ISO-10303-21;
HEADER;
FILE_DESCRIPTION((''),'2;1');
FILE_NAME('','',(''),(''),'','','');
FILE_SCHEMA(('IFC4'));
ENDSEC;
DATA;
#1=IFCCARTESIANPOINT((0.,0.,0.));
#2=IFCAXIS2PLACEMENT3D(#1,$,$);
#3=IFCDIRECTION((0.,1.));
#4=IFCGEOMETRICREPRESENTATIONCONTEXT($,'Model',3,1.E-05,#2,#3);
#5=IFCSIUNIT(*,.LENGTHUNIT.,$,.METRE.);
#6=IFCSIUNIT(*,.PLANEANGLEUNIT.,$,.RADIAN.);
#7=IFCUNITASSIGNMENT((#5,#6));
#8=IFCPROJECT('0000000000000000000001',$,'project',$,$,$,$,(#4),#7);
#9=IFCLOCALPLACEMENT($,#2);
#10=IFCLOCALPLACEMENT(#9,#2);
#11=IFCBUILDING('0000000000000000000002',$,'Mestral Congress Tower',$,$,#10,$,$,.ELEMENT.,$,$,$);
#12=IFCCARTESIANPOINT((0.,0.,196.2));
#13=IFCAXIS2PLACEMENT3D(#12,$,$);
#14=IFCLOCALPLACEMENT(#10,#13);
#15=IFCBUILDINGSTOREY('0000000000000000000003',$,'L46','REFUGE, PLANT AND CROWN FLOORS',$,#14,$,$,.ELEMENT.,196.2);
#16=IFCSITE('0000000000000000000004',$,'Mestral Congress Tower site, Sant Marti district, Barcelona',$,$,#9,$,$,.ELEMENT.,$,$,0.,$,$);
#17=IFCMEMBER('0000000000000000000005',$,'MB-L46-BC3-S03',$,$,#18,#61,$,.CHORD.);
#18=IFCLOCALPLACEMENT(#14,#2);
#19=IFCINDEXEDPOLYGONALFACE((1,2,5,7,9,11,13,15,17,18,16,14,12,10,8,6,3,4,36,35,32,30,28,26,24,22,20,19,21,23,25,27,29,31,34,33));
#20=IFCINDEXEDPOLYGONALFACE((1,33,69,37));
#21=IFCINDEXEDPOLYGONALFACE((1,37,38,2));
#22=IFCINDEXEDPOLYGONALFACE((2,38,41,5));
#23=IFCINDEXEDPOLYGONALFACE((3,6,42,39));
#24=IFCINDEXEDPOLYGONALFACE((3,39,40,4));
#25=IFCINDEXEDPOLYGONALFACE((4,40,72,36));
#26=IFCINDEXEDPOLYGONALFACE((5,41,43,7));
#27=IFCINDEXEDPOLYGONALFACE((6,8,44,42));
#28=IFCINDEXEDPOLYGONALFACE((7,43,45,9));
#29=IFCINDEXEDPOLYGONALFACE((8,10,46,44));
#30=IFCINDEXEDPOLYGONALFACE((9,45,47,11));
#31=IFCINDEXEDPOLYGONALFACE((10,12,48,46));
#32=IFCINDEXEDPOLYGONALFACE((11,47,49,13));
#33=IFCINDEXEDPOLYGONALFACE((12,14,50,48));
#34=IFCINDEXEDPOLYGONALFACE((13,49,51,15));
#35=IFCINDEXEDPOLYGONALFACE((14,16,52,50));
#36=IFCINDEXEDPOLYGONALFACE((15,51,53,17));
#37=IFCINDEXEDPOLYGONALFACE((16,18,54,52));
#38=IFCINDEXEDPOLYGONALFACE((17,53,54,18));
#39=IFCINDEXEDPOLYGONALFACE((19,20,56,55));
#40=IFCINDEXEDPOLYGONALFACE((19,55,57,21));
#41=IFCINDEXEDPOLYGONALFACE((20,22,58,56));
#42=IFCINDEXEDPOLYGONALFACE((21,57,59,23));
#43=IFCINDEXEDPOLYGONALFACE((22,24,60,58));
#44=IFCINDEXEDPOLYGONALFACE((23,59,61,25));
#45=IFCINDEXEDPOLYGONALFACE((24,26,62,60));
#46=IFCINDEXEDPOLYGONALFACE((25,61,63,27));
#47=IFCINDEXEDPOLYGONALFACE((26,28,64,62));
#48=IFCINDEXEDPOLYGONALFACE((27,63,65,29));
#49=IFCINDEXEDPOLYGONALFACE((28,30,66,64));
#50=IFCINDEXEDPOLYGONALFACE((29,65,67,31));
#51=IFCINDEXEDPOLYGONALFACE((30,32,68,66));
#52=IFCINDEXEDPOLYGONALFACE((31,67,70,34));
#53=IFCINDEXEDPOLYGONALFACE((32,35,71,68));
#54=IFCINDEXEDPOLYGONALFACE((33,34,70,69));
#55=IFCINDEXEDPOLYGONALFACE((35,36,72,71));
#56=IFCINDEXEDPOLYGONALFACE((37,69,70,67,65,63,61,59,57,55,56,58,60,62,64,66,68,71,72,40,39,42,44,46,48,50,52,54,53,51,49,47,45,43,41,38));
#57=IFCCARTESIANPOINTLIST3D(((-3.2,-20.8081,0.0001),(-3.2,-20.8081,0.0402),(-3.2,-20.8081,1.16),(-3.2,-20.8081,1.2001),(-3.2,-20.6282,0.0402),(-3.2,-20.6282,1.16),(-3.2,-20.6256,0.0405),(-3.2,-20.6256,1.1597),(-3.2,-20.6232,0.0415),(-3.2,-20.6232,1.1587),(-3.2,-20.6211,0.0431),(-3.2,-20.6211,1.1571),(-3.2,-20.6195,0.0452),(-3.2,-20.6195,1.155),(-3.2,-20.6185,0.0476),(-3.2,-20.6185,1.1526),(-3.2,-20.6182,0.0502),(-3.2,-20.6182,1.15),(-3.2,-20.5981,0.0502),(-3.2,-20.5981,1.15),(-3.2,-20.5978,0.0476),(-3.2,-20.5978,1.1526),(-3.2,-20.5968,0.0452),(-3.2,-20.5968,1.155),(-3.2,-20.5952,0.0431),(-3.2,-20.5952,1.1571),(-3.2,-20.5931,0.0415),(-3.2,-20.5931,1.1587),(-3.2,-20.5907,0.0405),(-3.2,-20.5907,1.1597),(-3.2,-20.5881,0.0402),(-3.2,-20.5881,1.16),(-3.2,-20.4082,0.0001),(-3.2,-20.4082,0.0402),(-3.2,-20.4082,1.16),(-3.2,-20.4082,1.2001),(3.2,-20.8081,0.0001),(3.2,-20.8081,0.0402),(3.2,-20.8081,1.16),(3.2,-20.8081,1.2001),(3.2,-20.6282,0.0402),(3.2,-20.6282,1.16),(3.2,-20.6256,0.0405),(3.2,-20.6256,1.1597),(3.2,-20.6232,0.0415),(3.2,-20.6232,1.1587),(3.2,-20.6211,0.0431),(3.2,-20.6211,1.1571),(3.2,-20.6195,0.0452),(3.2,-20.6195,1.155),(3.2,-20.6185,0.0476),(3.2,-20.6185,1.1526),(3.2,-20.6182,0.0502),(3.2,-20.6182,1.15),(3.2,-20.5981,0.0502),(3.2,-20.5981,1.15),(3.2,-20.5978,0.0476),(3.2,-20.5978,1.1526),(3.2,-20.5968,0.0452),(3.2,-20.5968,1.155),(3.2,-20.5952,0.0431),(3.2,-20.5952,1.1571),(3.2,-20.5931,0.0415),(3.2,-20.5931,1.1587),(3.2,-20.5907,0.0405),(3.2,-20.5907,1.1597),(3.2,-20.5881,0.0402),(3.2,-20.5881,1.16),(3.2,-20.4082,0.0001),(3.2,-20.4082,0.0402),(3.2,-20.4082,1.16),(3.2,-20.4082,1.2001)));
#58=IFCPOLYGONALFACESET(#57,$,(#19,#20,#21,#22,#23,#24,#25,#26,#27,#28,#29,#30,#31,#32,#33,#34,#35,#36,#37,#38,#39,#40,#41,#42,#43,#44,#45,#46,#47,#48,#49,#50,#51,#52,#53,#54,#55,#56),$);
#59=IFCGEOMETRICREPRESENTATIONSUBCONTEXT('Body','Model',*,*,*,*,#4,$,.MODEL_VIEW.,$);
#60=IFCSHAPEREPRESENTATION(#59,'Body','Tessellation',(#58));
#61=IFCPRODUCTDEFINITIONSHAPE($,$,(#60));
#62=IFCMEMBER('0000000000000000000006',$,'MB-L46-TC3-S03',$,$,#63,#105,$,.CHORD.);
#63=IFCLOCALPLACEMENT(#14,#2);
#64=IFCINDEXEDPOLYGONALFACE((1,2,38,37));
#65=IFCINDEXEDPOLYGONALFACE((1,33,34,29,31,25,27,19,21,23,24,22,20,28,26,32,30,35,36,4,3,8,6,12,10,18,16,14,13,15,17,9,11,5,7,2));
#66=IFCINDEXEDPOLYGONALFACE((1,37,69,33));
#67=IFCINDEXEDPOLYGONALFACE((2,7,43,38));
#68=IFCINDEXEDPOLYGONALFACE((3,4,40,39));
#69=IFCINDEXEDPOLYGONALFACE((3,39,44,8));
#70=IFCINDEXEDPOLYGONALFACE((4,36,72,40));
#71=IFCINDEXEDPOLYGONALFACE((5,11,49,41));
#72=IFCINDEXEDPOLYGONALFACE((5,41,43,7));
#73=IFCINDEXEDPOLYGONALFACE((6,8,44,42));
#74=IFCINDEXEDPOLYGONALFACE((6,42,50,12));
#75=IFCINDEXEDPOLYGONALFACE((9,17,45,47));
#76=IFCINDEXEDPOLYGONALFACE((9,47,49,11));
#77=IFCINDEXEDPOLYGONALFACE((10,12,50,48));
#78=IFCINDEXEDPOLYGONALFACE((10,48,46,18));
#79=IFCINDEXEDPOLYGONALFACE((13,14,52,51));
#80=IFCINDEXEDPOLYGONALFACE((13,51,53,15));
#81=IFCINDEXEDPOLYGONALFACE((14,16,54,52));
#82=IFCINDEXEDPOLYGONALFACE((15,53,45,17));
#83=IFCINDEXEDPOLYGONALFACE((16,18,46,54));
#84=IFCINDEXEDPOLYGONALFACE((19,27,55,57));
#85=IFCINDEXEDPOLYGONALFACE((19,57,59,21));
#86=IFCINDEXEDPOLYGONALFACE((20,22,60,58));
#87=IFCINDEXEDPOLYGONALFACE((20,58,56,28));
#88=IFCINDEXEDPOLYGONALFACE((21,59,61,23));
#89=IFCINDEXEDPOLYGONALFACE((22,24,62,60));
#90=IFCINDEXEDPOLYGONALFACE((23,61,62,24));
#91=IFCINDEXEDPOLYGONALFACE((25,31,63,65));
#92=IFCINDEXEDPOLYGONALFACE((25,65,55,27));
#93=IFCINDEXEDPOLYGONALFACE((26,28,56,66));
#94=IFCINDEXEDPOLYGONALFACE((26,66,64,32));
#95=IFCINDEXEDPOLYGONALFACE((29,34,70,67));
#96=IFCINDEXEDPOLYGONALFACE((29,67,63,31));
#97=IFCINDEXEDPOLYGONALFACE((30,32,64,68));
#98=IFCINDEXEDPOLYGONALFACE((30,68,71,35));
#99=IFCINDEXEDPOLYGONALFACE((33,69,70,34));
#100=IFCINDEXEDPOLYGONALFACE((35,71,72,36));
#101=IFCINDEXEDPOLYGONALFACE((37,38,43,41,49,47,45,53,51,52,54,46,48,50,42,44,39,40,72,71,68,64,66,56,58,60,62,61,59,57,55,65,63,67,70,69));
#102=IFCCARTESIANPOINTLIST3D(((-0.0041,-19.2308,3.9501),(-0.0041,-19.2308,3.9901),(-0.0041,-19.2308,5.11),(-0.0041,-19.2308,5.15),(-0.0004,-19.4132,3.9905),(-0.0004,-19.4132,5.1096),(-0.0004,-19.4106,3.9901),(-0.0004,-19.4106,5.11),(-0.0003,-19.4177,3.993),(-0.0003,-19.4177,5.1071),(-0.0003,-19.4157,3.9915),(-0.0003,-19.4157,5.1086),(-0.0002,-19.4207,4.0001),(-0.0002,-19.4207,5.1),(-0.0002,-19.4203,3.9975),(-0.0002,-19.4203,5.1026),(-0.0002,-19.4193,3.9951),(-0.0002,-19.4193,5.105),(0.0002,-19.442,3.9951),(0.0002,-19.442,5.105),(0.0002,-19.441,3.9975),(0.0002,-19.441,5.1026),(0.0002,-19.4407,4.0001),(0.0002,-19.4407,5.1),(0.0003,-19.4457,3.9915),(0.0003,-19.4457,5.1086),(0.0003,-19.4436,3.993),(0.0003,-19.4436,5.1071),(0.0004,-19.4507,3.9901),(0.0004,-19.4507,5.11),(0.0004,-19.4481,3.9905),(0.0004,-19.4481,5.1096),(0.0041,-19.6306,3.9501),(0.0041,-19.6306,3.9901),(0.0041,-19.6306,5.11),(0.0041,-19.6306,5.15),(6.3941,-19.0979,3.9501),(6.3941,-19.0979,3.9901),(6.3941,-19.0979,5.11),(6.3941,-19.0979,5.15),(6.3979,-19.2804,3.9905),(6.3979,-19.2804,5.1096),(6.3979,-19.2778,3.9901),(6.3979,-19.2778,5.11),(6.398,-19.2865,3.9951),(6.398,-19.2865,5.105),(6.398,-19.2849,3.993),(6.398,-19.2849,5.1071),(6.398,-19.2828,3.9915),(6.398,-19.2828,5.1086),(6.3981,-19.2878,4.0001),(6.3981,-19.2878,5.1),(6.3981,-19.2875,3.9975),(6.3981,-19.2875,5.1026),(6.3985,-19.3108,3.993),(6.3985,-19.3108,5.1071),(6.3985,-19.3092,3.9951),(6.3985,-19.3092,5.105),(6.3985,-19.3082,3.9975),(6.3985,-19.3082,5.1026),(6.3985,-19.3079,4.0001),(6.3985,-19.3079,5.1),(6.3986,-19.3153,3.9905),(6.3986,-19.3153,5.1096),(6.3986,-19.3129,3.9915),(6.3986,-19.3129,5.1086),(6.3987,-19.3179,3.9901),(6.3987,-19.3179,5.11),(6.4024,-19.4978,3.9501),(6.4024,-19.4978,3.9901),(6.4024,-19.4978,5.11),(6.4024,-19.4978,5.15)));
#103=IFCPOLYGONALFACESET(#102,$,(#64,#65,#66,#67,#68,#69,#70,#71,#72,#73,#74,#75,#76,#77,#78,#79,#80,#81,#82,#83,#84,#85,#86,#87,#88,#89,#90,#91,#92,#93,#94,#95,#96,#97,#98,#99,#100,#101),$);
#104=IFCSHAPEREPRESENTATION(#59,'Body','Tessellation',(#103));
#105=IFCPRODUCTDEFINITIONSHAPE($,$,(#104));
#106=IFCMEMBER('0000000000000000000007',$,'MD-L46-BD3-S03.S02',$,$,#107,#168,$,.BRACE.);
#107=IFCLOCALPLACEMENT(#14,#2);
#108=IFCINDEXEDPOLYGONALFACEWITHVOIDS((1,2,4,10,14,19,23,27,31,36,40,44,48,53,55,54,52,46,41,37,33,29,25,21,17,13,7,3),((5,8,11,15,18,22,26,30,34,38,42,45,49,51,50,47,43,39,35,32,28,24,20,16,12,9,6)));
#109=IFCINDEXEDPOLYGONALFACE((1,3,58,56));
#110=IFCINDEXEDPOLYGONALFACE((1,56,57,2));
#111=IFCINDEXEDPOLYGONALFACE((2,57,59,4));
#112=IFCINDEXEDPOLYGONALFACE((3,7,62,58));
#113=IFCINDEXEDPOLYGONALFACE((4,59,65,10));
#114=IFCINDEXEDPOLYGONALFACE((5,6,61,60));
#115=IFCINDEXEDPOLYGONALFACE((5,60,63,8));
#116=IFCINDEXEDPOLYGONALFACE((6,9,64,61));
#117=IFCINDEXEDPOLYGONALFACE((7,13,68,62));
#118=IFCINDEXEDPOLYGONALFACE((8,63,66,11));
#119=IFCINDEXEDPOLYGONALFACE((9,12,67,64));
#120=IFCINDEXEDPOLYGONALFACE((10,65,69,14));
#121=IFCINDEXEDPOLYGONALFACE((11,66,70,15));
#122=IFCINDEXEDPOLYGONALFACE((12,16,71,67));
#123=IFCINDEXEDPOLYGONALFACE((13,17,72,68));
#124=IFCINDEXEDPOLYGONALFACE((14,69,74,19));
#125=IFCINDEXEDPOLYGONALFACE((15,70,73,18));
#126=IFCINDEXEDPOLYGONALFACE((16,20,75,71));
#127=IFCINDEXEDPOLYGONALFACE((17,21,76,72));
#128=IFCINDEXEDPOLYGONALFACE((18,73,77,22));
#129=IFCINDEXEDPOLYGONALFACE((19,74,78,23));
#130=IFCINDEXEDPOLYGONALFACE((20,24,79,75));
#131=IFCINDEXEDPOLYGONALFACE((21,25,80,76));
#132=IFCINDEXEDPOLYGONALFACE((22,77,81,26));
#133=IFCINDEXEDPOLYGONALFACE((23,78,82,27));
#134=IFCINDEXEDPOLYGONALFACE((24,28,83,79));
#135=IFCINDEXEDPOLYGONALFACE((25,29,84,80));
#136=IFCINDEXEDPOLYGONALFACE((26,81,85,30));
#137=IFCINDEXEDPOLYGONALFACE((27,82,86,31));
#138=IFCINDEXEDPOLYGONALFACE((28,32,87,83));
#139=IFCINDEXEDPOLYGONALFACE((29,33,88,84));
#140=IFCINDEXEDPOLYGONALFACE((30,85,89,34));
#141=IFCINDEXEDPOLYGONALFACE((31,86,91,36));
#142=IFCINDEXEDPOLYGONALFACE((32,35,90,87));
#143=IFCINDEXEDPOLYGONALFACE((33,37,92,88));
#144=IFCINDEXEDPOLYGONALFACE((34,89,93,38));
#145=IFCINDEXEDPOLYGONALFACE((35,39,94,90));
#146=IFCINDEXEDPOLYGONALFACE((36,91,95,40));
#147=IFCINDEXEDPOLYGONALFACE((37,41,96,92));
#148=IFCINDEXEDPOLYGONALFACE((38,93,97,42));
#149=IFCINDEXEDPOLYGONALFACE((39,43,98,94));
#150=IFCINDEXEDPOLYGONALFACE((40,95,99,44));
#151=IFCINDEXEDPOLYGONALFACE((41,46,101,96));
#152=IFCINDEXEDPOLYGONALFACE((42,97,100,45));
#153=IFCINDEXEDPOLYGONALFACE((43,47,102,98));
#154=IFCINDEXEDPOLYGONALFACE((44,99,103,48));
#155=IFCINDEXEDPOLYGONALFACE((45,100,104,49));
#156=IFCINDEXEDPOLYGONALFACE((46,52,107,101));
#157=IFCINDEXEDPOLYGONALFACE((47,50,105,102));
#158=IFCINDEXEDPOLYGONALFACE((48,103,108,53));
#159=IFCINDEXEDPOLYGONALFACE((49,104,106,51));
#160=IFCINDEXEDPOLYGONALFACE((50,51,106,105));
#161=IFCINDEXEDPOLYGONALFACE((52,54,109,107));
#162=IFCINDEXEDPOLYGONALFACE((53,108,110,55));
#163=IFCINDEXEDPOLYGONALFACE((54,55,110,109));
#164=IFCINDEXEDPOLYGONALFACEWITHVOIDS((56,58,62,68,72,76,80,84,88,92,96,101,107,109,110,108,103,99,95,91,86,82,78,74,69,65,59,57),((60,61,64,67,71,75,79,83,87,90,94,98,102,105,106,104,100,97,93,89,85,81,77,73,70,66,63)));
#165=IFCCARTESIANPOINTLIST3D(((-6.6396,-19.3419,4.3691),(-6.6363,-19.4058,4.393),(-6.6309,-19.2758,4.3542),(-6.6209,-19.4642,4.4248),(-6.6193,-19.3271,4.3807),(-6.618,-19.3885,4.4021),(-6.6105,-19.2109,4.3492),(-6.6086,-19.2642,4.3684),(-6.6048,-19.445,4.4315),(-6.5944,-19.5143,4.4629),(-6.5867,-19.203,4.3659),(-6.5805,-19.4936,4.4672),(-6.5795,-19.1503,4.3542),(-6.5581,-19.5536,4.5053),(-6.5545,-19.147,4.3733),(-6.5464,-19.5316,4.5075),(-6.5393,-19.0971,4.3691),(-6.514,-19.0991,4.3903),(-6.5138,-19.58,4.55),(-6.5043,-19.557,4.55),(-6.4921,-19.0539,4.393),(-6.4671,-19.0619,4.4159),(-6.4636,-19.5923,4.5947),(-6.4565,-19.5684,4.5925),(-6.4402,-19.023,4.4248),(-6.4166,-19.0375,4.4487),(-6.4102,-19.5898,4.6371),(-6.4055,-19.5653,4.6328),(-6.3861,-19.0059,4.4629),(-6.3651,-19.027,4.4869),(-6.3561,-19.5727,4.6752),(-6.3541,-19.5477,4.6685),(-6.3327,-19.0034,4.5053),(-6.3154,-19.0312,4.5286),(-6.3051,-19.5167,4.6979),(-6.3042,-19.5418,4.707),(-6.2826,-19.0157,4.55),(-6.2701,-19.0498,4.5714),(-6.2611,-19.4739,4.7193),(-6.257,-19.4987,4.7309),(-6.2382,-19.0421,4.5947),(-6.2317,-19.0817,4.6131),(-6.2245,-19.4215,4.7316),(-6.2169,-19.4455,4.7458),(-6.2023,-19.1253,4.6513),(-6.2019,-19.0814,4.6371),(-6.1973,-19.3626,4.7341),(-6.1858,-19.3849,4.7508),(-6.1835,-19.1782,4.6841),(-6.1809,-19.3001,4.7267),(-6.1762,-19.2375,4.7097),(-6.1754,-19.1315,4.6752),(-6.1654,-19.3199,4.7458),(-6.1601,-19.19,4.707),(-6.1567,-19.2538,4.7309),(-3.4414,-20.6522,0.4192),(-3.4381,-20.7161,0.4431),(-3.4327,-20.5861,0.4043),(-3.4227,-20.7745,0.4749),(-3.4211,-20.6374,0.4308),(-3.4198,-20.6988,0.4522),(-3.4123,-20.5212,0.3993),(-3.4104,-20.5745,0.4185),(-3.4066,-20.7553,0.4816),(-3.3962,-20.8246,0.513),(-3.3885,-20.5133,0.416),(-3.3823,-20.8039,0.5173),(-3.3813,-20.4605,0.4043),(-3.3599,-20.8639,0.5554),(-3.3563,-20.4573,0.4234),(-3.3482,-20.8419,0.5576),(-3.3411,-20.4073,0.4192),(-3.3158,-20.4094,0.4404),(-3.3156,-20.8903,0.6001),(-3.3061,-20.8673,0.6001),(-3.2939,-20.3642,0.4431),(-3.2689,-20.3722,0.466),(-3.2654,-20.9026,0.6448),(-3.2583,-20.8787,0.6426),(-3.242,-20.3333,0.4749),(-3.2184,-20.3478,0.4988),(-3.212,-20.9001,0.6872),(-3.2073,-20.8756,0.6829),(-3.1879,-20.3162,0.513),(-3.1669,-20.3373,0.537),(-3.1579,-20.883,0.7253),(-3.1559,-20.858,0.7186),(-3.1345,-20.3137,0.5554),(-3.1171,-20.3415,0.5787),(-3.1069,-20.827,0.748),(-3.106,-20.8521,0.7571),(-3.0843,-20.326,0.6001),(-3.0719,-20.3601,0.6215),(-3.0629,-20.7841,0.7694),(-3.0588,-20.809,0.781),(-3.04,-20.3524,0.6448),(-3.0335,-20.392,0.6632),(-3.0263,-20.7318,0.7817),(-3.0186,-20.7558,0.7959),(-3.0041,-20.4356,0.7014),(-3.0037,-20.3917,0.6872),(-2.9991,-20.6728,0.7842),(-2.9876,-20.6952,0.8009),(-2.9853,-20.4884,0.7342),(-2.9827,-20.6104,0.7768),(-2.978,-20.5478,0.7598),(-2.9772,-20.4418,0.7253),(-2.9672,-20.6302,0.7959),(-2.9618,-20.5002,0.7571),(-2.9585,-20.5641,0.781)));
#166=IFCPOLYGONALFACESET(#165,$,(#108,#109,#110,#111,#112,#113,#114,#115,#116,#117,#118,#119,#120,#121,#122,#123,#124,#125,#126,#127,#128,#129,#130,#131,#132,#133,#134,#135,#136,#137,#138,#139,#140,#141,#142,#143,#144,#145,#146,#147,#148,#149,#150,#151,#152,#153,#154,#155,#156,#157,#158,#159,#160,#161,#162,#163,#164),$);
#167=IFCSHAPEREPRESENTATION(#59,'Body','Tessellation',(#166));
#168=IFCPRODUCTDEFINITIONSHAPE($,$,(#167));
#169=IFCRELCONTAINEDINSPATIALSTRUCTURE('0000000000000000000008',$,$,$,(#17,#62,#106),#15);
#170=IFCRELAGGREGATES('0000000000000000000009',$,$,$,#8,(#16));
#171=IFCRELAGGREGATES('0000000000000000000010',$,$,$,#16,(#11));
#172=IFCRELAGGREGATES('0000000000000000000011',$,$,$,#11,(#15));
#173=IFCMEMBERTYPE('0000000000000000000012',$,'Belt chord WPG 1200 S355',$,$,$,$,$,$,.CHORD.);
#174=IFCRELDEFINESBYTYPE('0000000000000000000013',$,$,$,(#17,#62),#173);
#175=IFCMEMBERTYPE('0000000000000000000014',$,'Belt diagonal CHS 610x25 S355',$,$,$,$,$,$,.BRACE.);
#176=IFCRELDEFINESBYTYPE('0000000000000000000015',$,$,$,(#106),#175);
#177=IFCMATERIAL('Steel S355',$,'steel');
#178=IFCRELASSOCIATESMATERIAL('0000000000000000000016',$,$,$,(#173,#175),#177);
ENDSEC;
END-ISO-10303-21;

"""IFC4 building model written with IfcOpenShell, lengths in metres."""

from ifc_helpers import new_model, si_unit, direction, frame, origin, origin_2d, place, context, subcontext, project, spatial, hollow_circle, i_section, extrude, material, material_profile, profile_set, type_object, element, save


model = new_model("IFC4")

# Units and contexts
model_context = context("Model", 3, precision=1e-05, world=origin(), true_north=direction((0.0, 1.0)))
body_context = subcontext(model_context, "Body", "Model", "MODEL_VIEW")
ifc_project = project(units=[si_unit("LENGTHUNIT", "METRE"), si_unit("PLANEANGLEUNIT", "RADIAN")], contexts=[model_context])

# Site, building, storey
site_placement = place(None, origin())
site = spatial("IfcSite", under=ifc_project, at=site_placement, Name="Mestral Congress Tower site, Sant Marti district, Barcelona", CompositionType="ELEMENT", RefElevation=0.0)
building_placement = place(site_placement, origin())
building = spatial("IfcBuilding", under=site, at=building_placement, Name="Mestral Congress Tower", CompositionType="ELEMENT")
storey_placement = place(building_placement, frame((0.0, 0.0, 196.2)))
storey = spatial("IfcBuildingStorey", under=building, at=storey_placement, Name="L46", Description="REFUGE, PLANT AND CROWN FLOORS", CompositionType="ELEMENT", Elevation=196.2)

# Members
ifc_material_1 = material(Name="Steel S355", Category="steel")
ifc_material_profile_1 = material_profile(ifc_material_1, i_section(OverallWidth=0.3999, OverallDepth=1.2, WebThickness=0.02, FlangeThickness=0.04, FilletRadius=0.01, at=origin_2d()), Name="WPG 1200")
ifc_profile_set_1 = profile_set([ifc_material_profile_1], Name="Steel S355")
member_type_1 = type_object("IfcMemberType", Name="Belt chord WPG 1200 S355", PredefinedType="CHORD", material=ifc_profile_set_1)
member_1_placement = place(storey_placement, frame((-3.2, -20.6082, 0.6001), z_axis=(1.0, 0.0, 0.0), x_axis=(0.0, 1.0, 0.0)))
element("IfcMember", 1, at=member_1_placement, inside=storey, type_object=member_type_1, Name="MB-L46-BC3-S03", PredefinedType="CHORD", context=body_context, shape_type="SweptSolid", body=[
    extrude(i_section(OverallWidth=0.3999, OverallDepth=1.2, WebThickness=0.02, FlangeThickness=0.04, FilletRadius=0.01, at=origin_2d()), origin(), (0.0, 0.0, 1.0), 6.3999),
])
member_2_placement = place(storey_placement, frame((0.0, -19.4307, 4.55), z_axis=(0.999785, 0.020753, 0.0), x_axis=(-0.020753, 0.999785, 0.0)))
element("IfcMember", 2, at=member_2_placement, inside=storey, type_object=member_type_1, Name="MB-L46-TC3-S03", PredefinedType="CHORD", context=body_context, shape_type="SweptSolid", body=[
    extrude(i_section(OverallWidth=0.3999, OverallDepth=1.2, WebThickness=0.02, FlangeThickness=0.04, FilletRadius=0.01, at=origin_2d()), origin(), (0.0, 0.0, 1.0), 6.3997),
])
ifc_material_profile_2 = material_profile(ifc_material_1, hollow_circle(Radius=0.3049, WallThickness=0.0249, at=origin_2d()), Name="CHS 610x25")
ifc_profile_set_2 = profile_set([ifc_material_profile_2], Name="Steel S355")
member_type_2 = type_object("IfcMemberType", Name="Belt diagonal CHS 610x25 S355", PredefinedType="BRACE", material=ifc_profile_set_2)
member_3_placement = place(storey_placement, frame((-3.2, -20.6082, 0.6001), z_axis=(-0.609352, 0.249648, 0.752573), x_axis=(-0.379111, -0.925351, 0.0)))
element("IfcMember", 3, at=member_3_placement, inside=storey, type_object=member_type_2, Name="MD-L46-BD3-S03.S02", PredefinedType="BRACE", context=body_context, shape_type="SweptSolid", body=[
    extrude(hollow_circle(Radius=0.3049, WallThickness=0.0249, at=origin_2d()), origin(), (0.0, 0.0, 1.0), 5.2485),
])

save(model, "model.ifc")
